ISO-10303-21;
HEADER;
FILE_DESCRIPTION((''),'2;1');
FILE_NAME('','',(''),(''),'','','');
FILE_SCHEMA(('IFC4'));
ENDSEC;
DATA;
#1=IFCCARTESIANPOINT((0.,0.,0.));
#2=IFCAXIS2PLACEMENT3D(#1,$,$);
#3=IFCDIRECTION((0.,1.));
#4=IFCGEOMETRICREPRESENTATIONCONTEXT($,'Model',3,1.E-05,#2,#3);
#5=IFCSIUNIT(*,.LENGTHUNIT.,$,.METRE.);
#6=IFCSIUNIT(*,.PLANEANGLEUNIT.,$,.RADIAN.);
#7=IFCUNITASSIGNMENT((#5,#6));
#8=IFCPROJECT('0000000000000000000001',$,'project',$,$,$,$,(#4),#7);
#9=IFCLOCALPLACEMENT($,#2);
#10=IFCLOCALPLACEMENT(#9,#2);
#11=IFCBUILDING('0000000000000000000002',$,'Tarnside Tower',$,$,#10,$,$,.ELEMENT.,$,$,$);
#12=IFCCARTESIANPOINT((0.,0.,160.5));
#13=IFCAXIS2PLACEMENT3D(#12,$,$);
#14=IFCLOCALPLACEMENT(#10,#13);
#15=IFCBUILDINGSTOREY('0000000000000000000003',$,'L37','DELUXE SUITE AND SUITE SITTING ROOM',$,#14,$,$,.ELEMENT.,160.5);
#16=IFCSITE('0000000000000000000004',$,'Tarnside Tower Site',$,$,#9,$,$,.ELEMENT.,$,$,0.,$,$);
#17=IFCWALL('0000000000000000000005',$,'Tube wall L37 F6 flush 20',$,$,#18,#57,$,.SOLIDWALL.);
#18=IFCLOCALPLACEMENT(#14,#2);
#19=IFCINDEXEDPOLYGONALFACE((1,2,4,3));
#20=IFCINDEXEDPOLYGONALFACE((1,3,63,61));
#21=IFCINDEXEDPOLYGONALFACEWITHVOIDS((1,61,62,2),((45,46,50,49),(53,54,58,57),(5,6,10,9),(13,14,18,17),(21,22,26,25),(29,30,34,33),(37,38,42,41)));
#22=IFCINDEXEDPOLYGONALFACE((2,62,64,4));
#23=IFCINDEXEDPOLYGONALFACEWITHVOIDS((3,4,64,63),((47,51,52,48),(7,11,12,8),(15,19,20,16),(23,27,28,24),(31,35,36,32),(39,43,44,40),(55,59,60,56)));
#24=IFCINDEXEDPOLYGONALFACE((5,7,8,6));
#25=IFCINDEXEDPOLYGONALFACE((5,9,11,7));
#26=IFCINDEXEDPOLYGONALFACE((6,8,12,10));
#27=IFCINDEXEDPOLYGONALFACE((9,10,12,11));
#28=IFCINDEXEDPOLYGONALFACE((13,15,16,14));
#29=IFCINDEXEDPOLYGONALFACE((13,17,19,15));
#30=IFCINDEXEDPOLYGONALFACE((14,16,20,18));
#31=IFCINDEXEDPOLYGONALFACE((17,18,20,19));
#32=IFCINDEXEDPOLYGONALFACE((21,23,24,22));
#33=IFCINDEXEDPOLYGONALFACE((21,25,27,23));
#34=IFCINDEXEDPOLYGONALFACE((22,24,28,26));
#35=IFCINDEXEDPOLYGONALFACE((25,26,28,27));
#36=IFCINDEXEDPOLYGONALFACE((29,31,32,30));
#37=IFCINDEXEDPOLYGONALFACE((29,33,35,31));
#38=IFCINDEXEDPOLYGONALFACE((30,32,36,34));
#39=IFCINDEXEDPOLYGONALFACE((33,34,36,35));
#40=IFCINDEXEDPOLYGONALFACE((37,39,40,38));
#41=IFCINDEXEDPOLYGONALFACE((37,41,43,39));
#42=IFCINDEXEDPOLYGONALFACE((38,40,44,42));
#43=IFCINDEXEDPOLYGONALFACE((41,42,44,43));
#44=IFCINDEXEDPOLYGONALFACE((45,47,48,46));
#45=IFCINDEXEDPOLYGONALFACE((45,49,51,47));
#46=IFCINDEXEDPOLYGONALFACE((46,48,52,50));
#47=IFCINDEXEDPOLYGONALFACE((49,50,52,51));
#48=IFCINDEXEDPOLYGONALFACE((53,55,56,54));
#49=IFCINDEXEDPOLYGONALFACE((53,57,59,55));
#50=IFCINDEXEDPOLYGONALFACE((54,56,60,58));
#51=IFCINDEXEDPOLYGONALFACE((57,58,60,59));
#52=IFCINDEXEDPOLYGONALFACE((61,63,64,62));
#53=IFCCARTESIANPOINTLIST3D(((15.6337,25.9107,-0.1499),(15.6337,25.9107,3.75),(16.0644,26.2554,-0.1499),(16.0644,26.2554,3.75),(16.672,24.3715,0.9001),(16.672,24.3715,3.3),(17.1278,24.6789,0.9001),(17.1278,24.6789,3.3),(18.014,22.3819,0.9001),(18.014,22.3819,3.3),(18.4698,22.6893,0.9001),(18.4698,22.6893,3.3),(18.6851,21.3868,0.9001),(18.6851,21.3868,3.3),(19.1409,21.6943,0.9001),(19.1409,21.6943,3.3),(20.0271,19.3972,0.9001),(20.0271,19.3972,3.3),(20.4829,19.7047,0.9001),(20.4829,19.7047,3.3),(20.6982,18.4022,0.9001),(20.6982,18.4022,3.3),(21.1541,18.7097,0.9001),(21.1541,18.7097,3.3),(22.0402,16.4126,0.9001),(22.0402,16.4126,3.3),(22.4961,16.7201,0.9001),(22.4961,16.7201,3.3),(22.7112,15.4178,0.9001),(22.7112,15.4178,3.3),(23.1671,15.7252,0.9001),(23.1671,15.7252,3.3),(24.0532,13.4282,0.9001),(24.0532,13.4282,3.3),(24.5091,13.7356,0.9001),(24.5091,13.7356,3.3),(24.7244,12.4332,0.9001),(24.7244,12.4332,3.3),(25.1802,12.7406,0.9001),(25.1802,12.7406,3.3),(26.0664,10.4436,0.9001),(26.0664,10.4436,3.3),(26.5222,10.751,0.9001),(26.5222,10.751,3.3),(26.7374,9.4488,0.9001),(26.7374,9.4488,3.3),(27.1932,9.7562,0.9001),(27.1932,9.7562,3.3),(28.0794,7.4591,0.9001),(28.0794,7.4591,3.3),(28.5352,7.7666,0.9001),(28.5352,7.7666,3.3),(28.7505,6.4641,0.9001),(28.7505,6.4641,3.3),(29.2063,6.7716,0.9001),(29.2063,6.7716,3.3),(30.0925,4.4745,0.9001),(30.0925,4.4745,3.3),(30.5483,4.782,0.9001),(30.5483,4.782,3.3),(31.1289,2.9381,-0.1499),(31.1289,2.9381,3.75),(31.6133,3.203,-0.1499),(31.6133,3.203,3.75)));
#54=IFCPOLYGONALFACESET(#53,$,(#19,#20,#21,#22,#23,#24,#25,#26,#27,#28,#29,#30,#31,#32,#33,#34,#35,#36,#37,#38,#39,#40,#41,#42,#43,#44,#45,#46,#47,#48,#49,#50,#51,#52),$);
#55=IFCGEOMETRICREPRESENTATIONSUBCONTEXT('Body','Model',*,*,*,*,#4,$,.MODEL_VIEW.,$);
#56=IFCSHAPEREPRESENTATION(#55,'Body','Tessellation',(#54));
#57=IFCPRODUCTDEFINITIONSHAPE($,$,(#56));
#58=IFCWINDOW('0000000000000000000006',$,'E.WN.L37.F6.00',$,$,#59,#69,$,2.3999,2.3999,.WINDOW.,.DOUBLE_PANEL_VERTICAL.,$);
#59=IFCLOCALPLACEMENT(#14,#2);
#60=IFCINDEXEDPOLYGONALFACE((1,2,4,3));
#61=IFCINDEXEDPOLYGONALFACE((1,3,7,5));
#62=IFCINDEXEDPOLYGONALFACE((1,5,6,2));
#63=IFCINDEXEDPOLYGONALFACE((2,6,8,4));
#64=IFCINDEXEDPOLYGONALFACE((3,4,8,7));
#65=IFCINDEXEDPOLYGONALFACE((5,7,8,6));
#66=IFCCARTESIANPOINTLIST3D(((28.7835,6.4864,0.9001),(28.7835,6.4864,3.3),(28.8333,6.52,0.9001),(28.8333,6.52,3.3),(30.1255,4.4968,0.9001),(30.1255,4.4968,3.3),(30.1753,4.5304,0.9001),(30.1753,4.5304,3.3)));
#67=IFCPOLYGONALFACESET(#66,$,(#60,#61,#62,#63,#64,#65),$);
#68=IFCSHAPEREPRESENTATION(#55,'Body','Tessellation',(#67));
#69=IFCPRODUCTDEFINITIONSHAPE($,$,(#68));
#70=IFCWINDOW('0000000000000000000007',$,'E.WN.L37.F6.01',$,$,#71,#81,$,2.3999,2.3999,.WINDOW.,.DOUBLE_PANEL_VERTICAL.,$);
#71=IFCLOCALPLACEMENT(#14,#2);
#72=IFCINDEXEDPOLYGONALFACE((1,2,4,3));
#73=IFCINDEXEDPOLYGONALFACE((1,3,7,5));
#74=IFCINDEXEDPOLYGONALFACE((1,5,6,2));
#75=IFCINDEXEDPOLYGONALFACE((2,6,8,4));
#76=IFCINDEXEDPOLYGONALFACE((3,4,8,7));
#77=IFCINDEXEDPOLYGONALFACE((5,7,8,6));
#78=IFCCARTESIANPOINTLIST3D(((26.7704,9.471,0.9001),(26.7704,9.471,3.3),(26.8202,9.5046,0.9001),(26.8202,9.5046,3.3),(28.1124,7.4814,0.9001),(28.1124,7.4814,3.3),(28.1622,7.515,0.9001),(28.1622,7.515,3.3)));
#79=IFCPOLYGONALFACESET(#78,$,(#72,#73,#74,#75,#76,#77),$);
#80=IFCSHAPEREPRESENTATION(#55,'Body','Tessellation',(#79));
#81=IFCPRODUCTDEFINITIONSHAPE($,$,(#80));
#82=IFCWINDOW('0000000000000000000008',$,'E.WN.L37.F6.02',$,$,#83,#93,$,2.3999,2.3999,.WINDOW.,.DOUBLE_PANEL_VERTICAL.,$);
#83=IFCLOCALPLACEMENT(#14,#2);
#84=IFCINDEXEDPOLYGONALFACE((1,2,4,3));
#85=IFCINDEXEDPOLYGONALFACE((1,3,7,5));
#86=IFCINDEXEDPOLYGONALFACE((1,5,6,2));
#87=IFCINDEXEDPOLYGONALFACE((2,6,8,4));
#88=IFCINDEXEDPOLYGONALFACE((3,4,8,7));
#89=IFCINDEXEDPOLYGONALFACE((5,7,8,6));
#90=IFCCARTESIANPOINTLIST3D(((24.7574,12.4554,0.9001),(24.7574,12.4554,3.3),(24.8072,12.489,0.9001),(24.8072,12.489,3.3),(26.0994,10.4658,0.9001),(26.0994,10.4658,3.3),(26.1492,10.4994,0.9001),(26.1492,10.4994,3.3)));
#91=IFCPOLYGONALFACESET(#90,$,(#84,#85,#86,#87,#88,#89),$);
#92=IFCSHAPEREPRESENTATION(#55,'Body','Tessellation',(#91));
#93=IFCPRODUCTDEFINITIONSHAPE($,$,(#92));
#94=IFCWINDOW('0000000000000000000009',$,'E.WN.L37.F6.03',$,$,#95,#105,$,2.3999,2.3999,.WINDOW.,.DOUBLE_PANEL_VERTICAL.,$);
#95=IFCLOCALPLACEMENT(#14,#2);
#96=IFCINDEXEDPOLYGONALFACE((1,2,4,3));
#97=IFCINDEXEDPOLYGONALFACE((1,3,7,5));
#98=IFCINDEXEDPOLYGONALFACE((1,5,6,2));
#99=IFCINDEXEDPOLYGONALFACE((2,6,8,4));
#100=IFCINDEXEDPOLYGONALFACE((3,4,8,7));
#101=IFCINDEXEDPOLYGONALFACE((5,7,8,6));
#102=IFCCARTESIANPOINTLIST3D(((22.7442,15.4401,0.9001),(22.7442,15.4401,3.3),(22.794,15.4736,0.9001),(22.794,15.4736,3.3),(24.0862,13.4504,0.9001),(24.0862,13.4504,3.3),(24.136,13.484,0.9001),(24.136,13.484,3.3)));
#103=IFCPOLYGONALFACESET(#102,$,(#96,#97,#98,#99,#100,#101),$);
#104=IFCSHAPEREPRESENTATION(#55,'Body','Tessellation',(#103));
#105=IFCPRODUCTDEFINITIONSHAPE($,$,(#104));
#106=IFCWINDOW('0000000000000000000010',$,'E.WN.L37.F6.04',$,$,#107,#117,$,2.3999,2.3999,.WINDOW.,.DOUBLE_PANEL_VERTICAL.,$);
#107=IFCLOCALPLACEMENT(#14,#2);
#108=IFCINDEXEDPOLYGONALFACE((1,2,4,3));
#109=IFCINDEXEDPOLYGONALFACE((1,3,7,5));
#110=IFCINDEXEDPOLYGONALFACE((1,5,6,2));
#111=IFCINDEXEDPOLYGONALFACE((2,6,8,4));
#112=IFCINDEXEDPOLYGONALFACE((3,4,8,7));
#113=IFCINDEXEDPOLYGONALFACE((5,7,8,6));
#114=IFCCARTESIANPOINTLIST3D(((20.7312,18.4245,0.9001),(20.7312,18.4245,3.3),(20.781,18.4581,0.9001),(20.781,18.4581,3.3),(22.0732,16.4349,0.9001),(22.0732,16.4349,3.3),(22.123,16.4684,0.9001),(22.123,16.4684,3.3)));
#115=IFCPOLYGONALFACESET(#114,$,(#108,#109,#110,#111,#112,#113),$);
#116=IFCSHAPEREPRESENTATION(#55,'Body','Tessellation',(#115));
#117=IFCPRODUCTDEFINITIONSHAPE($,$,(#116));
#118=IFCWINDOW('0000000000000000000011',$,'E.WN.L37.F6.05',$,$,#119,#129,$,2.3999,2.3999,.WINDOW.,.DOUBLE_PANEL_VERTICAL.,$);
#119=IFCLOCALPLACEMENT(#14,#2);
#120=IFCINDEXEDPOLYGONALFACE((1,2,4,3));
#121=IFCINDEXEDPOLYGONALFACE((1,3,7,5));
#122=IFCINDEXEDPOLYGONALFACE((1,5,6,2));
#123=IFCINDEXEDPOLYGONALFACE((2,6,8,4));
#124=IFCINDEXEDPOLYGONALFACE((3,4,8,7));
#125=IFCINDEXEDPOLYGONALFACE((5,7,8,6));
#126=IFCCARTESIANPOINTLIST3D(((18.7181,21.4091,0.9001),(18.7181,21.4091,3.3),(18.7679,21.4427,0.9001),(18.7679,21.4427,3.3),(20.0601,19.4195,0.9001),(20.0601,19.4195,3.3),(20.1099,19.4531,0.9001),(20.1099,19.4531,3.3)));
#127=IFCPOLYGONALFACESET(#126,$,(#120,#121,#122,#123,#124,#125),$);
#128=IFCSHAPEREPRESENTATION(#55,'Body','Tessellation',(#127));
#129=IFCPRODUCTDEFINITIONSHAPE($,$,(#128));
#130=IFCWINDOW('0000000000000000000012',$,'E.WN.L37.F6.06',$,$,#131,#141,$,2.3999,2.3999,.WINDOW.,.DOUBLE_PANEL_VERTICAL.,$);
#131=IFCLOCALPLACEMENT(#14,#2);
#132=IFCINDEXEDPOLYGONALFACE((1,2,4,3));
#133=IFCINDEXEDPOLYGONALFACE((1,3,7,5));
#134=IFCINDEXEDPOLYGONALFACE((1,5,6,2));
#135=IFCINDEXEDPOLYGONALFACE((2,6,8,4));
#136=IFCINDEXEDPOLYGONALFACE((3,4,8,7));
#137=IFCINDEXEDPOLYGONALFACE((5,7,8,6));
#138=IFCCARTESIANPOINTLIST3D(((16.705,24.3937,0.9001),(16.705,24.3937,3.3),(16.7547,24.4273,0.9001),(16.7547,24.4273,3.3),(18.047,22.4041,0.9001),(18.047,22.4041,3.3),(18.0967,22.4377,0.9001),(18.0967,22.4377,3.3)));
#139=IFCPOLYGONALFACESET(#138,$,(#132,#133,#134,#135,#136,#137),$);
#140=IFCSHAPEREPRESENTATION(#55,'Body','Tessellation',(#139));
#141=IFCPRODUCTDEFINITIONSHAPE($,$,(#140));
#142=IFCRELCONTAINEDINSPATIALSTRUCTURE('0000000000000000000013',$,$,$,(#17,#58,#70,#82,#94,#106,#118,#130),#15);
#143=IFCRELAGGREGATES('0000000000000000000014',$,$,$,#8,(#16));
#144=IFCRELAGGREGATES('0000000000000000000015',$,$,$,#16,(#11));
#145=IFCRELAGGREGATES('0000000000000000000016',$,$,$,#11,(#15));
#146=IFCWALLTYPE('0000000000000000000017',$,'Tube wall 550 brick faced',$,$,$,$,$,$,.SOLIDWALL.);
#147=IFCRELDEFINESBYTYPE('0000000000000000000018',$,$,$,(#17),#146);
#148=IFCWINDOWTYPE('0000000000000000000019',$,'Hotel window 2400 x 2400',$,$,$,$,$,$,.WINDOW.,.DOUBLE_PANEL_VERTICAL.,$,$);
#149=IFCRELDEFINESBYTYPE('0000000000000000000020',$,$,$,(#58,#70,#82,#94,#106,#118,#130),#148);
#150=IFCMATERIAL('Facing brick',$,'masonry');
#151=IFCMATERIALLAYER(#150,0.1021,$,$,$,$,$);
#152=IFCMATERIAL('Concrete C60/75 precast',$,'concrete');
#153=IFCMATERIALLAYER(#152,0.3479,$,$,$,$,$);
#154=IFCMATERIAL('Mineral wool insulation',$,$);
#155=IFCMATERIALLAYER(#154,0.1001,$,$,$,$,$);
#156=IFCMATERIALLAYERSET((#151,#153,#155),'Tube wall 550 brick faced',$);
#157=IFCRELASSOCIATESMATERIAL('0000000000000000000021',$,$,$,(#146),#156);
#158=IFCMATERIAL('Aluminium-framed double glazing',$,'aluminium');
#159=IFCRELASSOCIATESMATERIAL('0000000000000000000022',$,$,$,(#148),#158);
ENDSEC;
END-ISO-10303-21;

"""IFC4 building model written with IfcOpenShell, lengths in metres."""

from ifc_helpers import new_model, si_unit, direction, frame, frame_2d, origin, place, context, subcontext, project, spatial, polyline, rectangle, outline, extrude, material, layer, layer_set, type_object, element, fill, save


model = new_model("IFC4")

# Units and contexts
model_context = context("Model", 3, precision=1e-05, world=origin(), true_north=direction((0.0, 1.0)))
body_context = subcontext(model_context, "Body", "Model", "MODEL_VIEW")
ifc_project = project(units=[si_unit("LENGTHUNIT", "METRE"), si_unit("PLANEANGLEUNIT", "RADIAN")], contexts=[model_context])

# Site, building, storey
site_placement = place(None, origin())
site = spatial("IfcSite", under=ifc_project, at=site_placement, Name="Tarnside Tower Site", CompositionType="ELEMENT", RefElevation=0.0)
building_placement = place(site_placement, origin())
building = spatial("IfcBuilding", under=site, at=building_placement, Name="Tarnside Tower", CompositionType="ELEMENT")
storey_placement = place(building_placement, frame((0.0, 0.0, 160.5)))
storey = spatial("IfcBuildingStorey", under=building, at=storey_placement, Name="L37", Description="DELUXE SUITE AND SUITE SITTING ROOM", CompositionType="ELEMENT", Elevation=160.5)

# Shared definitions
ifc_material_1 = material(Name="Facing brick", Category="masonry")
ifc_layer_1 = layer(ifc_material_1, 0.1021)
ifc_material_2 = material(Name="Concrete C60/75 precast", Category="concrete")
ifc_layer_2 = layer(ifc_material_2, 0.3479)
ifc_material_3 = material(Name="Mineral wool insulation")
ifc_layer_3 = layer(ifc_material_3, 0.1001)
ifc_layer_set_1 = layer_set([ifc_layer_1, ifc_layer_2, ifc_layer_3], Name="Tube wall 550 brick faced")
wall_type_1 = type_object("IfcWallType", Name="Tube wall 550 brick faced", PredefinedType="SOLIDWALL", material=ifc_layer_set_1)

# Wall, openings, windows
wall_1_placement = place(storey_placement, frame((31.3711, 3.0706, -0.1499), z_axis=(0.0, 0.0, 1.0), x_axis=(-0.55919, 0.82904, 0.0)))
wall_1 = element("IfcWall", 1, at=wall_1_placement, inside=storey, type_object=wall_type_1, Name="Tube wall L37 F6 flush 20", PredefinedType="SOLIDWALL", context=body_context, shape_type="SweptSolid", body=[
    extrude(outline(polyline([(-0.0256, -0.2749), (27.7805, -0.2749), (27.7356, 0.2749), (0.0256, 0.2749), (-0.0256, -0.2749)])), origin(), (0.0, 0.0, 1.0), 3.8999),
])
opening_1_placement = place(wall_1_placement, frame((1.8789, 0.0, 1.05)))
opening_1 = element("IfcOpeningElement", 2, at=opening_1_placement, cuts=wall_1, PredefinedType="OPENING", context=body_context, shape_type="SweptSolid", body=[
    extrude(rectangle(XDim=2.3999, YDim=2.3999, at=frame_2d((1.2, 1.2))), frame((0.0, 0.2852, 0.0), z_axis=(0.0, -1.0, 0.0), x_axis=(1.0, 0.0, 0.0)), (0.0, 0.0, 1.0), 0.5701),
])
opening_2_placement = place(wall_1_placement, frame((5.479, 0.0, 1.05)))
opening_2 = element("IfcOpeningElement", 3, at=opening_2_placement, cuts=wall_1, PredefinedType="OPENING", context=body_context, shape_type="SweptSolid", body=[
    extrude(rectangle(XDim=2.3999, YDim=2.3999, at=frame_2d((1.2, 1.2))), frame((0.0, 0.2852, 0.0), z_axis=(0.0, -1.0, 0.0), x_axis=(1.0, 0.0, 0.0)), (0.0, 0.0, 1.0), 0.5701),
])
opening_3_placement = place(wall_1_placement, frame((9.0789, 0.0, 1.05)))
opening_3 = element("IfcOpeningElement", 4, at=opening_3_placement, cuts=wall_1, PredefinedType="OPENING", context=body_context, shape_type="SweptSolid", body=[
    extrude(rectangle(XDim=2.3999, YDim=2.3999, at=frame_2d((1.2, 1.2))), frame((0.0, 0.2852, 0.0), z_axis=(0.0, -1.0, 0.0), x_axis=(1.0, 0.0, 0.0)), (0.0, 0.0, 1.0), 0.5701),
])
opening_4_placement = place(wall_1_placement, frame((12.679, 0.0, 1.05)))
opening_4 = element("IfcOpeningElement", 5, at=opening_4_placement, cuts=wall_1, PredefinedType="OPENING", context=body_context, shape_type="SweptSolid", body=[
    extrude(rectangle(XDim=2.3999, YDim=2.3999, at=frame_2d((1.2, 1.2))), frame((0.0, 0.2852, 0.0), z_axis=(0.0, -1.0, 0.0), x_axis=(1.0, 0.0, 0.0)), (0.0, 0.0, 1.0), 0.5701),
])
opening_5_placement = place(wall_1_placement, frame((16.2788, 0.0, 1.05)))
opening_5 = element("IfcOpeningElement", 6, at=opening_5_placement, cuts=wall_1, PredefinedType="OPENING", context=body_context, shape_type="SweptSolid", body=[
    extrude(rectangle(XDim=2.3999, YDim=2.3999, at=frame_2d((1.2, 1.2))), frame((0.0, 0.2852, 0.0), z_axis=(0.0, -1.0, 0.0), x_axis=(1.0, 0.0, 0.0)), (0.0, 0.0, 1.0), 0.5701),
])
opening_6_placement = place(wall_1_placement, frame((19.8789, 0.0, 1.05)))
opening_6 = element("IfcOpeningElement", 7, at=opening_6_placement, cuts=wall_1, PredefinedType="OPENING", context=body_context, shape_type="SweptSolid", body=[
    extrude(rectangle(XDim=2.3999, YDim=2.3999, at=frame_2d((1.2, 1.2))), frame((0.0, 0.2852, 0.0), z_axis=(0.0, -1.0, 0.0), x_axis=(1.0, 0.0, 0.0)), (0.0, 0.0, 1.0), 0.5701),
])
opening_7_placement = place(wall_1_placement, frame((23.479, 0.0, 1.05)))
opening_7 = element("IfcOpeningElement", 8, at=opening_7_placement, cuts=wall_1, PredefinedType="OPENING", context=body_context, shape_type="SweptSolid", body=[
    extrude(rectangle(XDim=2.3999, YDim=2.3999, at=frame_2d((1.2, 1.2))), frame((0.0, 0.2852, 0.0), z_axis=(0.0, -1.0, 0.0), x_axis=(1.0, 0.0, 0.0)), (0.0, 0.0, 1.0), 0.5701),
])
ifc_material_4 = material(Name="Aluminium-framed double glazing", Category="aluminium")
window_type = type_object("IfcWindowType", Name="Hotel window 2400 x 2400", PartitioningType="DOUBLE_PANEL_VERTICAL", PredefinedType="WINDOW", material=ifc_material_4)
window_1_placement = place(opening_1_placement, frame((0.0, 0.2051, 0.0)))
window_1 = element("IfcWindow", 9, at=window_1_placement, inside=storey, type_object=window_type, Name="E.WN.L37.F6.00", OverallHeight=2.3999, OverallWidth=2.3999, PartitioningType="DOUBLE_PANEL_VERTICAL", PredefinedType="WINDOW", context=body_context, shape_type="SweptSolid", body=[
    extrude(rectangle(XDim=2.3999, YDim=2.3999, at=frame_2d((1.2, 1.2))), frame((0.0, 0.03, 0.0), z_axis=(0.0, -1.0, 0.0), x_axis=(1.0, 0.0, 0.0)), (0.0, 0.0, 1.0), 0.0601),
])
fill(opening_1, window_1)
window_2_placement = place(opening_2_placement, frame((0.0, 0.2051, 0.0)))
window_2 = element("IfcWindow", 10, at=window_2_placement, inside=storey, type_object=window_type, Name="E.WN.L37.F6.01", OverallHeight=2.3999, OverallWidth=2.3999, PartitioningType="DOUBLE_PANEL_VERTICAL", PredefinedType="WINDOW", context=body_context, shape_type="SweptSolid", body=[
    extrude(rectangle(XDim=2.3999, YDim=2.3999, at=frame_2d((1.2, 1.2))), frame((0.0, 0.03, 0.0), z_axis=(0.0, -1.0, 0.0), x_axis=(1.0, 0.0, 0.0)), (0.0, 0.0, 1.0), 0.0601),
])
fill(opening_2, window_2)
window_3_placement = place(opening_3_placement, frame((0.0, 0.2051, 0.0)))
window_3 = element("IfcWindow", 11, at=window_3_placement, inside=storey, type_object=window_type, Name="E.WN.L37.F6.02", OverallHeight=2.3999, OverallWidth=2.3999, PartitioningType="DOUBLE_PANEL_VERTICAL", PredefinedType="WINDOW", context=body_context, shape_type="SweptSolid", body=[
    extrude(rectangle(XDim=2.3999, YDim=2.3999, at=frame_2d((1.2, 1.2))), frame((0.0, 0.03, 0.0), z_axis=(0.0, -1.0, 0.0), x_axis=(1.0, 0.0, 0.0)), (0.0, 0.0, 1.0), 0.0601),
])
fill(opening_3, window_3)
window_4_placement = place(opening_4_placement, frame((0.0, 0.2051, 0.0)))
window_4 = element("IfcWindow", 12, at=window_4_placement, inside=storey, type_object=window_type, Name="E.WN.L37.F6.03", OverallHeight=2.3999, OverallWidth=2.3999, PartitioningType="DOUBLE_PANEL_VERTICAL", PredefinedType="WINDOW", context=body_context, shape_type="SweptSolid", body=[
    extrude(rectangle(XDim=2.3999, YDim=2.3999, at=frame_2d((1.2, 1.2))), frame((0.0, 0.03, 0.0), z_axis=(0.0, -1.0, 0.0), x_axis=(1.0, 0.0, 0.0)), (0.0, 0.0, 1.0), 0.0601),
])
fill(opening_4, window_4)
window_5_placement = place(opening_5_placement, frame((0.0, 0.2051, 0.0)))
window_5 = element("IfcWindow", 13, at=window_5_placement, inside=storey, type_object=window_type, Name="E.WN.L37.F6.04", OverallHeight=2.3999, OverallWidth=2.3999, PartitioningType="DOUBLE_PANEL_VERTICAL", PredefinedType="WINDOW", context=body_context, shape_type="SweptSolid", body=[
    extrude(rectangle(XDim=2.3999, YDim=2.3999, at=frame_2d((1.2, 1.2))), frame((0.0, 0.03, 0.0), z_axis=(0.0, -1.0, 0.0), x_axis=(1.0, 0.0, 0.0)), (0.0, 0.0, 1.0), 0.0601),
])
fill(opening_5, window_5)
window_6_placement = place(opening_6_placement, frame((0.0, 0.2051, 0.0)))
window_6 = element("IfcWindow", 14, at=window_6_placement, inside=storey, type_object=window_type, Name="E.WN.L37.F6.05", OverallHeight=2.3999, OverallWidth=2.3999, PartitioningType="DOUBLE_PANEL_VERTICAL", PredefinedType="WINDOW", context=body_context, shape_type="SweptSolid", body=[
    extrude(rectangle(XDim=2.3999, YDim=2.3999, at=frame_2d((1.2, 1.2))), frame((0.0, 0.03, 0.0), z_axis=(0.0, -1.0, 0.0), x_axis=(1.0, 0.0, 0.0)), (0.0, 0.0, 1.0), 0.0601),
])
fill(opening_6, window_6)
window_7_placement = place(opening_7_placement, frame((0.0, 0.2051, 0.0)))
window_7 = element("IfcWindow", 15, at=window_7_placement, inside=storey, type_object=window_type, Name="E.WN.L37.F6.06", OverallHeight=2.3999, OverallWidth=2.3999, PartitioningType="DOUBLE_PANEL_VERTICAL", PredefinedType="WINDOW", context=body_context, shape_type="SweptSolid", body=[
    extrude(rectangle(XDim=2.3999, YDim=2.3999, at=frame_2d((1.2, 1.2))), frame((0.0, 0.03, 0.0), z_axis=(0.0, -1.0, 0.0), x_axis=(1.0, 0.0, 0.0)), (0.0, 0.0, 1.0), 0.0601),
])
fill(opening_7, window_7)

save(model, "model.ifc")
